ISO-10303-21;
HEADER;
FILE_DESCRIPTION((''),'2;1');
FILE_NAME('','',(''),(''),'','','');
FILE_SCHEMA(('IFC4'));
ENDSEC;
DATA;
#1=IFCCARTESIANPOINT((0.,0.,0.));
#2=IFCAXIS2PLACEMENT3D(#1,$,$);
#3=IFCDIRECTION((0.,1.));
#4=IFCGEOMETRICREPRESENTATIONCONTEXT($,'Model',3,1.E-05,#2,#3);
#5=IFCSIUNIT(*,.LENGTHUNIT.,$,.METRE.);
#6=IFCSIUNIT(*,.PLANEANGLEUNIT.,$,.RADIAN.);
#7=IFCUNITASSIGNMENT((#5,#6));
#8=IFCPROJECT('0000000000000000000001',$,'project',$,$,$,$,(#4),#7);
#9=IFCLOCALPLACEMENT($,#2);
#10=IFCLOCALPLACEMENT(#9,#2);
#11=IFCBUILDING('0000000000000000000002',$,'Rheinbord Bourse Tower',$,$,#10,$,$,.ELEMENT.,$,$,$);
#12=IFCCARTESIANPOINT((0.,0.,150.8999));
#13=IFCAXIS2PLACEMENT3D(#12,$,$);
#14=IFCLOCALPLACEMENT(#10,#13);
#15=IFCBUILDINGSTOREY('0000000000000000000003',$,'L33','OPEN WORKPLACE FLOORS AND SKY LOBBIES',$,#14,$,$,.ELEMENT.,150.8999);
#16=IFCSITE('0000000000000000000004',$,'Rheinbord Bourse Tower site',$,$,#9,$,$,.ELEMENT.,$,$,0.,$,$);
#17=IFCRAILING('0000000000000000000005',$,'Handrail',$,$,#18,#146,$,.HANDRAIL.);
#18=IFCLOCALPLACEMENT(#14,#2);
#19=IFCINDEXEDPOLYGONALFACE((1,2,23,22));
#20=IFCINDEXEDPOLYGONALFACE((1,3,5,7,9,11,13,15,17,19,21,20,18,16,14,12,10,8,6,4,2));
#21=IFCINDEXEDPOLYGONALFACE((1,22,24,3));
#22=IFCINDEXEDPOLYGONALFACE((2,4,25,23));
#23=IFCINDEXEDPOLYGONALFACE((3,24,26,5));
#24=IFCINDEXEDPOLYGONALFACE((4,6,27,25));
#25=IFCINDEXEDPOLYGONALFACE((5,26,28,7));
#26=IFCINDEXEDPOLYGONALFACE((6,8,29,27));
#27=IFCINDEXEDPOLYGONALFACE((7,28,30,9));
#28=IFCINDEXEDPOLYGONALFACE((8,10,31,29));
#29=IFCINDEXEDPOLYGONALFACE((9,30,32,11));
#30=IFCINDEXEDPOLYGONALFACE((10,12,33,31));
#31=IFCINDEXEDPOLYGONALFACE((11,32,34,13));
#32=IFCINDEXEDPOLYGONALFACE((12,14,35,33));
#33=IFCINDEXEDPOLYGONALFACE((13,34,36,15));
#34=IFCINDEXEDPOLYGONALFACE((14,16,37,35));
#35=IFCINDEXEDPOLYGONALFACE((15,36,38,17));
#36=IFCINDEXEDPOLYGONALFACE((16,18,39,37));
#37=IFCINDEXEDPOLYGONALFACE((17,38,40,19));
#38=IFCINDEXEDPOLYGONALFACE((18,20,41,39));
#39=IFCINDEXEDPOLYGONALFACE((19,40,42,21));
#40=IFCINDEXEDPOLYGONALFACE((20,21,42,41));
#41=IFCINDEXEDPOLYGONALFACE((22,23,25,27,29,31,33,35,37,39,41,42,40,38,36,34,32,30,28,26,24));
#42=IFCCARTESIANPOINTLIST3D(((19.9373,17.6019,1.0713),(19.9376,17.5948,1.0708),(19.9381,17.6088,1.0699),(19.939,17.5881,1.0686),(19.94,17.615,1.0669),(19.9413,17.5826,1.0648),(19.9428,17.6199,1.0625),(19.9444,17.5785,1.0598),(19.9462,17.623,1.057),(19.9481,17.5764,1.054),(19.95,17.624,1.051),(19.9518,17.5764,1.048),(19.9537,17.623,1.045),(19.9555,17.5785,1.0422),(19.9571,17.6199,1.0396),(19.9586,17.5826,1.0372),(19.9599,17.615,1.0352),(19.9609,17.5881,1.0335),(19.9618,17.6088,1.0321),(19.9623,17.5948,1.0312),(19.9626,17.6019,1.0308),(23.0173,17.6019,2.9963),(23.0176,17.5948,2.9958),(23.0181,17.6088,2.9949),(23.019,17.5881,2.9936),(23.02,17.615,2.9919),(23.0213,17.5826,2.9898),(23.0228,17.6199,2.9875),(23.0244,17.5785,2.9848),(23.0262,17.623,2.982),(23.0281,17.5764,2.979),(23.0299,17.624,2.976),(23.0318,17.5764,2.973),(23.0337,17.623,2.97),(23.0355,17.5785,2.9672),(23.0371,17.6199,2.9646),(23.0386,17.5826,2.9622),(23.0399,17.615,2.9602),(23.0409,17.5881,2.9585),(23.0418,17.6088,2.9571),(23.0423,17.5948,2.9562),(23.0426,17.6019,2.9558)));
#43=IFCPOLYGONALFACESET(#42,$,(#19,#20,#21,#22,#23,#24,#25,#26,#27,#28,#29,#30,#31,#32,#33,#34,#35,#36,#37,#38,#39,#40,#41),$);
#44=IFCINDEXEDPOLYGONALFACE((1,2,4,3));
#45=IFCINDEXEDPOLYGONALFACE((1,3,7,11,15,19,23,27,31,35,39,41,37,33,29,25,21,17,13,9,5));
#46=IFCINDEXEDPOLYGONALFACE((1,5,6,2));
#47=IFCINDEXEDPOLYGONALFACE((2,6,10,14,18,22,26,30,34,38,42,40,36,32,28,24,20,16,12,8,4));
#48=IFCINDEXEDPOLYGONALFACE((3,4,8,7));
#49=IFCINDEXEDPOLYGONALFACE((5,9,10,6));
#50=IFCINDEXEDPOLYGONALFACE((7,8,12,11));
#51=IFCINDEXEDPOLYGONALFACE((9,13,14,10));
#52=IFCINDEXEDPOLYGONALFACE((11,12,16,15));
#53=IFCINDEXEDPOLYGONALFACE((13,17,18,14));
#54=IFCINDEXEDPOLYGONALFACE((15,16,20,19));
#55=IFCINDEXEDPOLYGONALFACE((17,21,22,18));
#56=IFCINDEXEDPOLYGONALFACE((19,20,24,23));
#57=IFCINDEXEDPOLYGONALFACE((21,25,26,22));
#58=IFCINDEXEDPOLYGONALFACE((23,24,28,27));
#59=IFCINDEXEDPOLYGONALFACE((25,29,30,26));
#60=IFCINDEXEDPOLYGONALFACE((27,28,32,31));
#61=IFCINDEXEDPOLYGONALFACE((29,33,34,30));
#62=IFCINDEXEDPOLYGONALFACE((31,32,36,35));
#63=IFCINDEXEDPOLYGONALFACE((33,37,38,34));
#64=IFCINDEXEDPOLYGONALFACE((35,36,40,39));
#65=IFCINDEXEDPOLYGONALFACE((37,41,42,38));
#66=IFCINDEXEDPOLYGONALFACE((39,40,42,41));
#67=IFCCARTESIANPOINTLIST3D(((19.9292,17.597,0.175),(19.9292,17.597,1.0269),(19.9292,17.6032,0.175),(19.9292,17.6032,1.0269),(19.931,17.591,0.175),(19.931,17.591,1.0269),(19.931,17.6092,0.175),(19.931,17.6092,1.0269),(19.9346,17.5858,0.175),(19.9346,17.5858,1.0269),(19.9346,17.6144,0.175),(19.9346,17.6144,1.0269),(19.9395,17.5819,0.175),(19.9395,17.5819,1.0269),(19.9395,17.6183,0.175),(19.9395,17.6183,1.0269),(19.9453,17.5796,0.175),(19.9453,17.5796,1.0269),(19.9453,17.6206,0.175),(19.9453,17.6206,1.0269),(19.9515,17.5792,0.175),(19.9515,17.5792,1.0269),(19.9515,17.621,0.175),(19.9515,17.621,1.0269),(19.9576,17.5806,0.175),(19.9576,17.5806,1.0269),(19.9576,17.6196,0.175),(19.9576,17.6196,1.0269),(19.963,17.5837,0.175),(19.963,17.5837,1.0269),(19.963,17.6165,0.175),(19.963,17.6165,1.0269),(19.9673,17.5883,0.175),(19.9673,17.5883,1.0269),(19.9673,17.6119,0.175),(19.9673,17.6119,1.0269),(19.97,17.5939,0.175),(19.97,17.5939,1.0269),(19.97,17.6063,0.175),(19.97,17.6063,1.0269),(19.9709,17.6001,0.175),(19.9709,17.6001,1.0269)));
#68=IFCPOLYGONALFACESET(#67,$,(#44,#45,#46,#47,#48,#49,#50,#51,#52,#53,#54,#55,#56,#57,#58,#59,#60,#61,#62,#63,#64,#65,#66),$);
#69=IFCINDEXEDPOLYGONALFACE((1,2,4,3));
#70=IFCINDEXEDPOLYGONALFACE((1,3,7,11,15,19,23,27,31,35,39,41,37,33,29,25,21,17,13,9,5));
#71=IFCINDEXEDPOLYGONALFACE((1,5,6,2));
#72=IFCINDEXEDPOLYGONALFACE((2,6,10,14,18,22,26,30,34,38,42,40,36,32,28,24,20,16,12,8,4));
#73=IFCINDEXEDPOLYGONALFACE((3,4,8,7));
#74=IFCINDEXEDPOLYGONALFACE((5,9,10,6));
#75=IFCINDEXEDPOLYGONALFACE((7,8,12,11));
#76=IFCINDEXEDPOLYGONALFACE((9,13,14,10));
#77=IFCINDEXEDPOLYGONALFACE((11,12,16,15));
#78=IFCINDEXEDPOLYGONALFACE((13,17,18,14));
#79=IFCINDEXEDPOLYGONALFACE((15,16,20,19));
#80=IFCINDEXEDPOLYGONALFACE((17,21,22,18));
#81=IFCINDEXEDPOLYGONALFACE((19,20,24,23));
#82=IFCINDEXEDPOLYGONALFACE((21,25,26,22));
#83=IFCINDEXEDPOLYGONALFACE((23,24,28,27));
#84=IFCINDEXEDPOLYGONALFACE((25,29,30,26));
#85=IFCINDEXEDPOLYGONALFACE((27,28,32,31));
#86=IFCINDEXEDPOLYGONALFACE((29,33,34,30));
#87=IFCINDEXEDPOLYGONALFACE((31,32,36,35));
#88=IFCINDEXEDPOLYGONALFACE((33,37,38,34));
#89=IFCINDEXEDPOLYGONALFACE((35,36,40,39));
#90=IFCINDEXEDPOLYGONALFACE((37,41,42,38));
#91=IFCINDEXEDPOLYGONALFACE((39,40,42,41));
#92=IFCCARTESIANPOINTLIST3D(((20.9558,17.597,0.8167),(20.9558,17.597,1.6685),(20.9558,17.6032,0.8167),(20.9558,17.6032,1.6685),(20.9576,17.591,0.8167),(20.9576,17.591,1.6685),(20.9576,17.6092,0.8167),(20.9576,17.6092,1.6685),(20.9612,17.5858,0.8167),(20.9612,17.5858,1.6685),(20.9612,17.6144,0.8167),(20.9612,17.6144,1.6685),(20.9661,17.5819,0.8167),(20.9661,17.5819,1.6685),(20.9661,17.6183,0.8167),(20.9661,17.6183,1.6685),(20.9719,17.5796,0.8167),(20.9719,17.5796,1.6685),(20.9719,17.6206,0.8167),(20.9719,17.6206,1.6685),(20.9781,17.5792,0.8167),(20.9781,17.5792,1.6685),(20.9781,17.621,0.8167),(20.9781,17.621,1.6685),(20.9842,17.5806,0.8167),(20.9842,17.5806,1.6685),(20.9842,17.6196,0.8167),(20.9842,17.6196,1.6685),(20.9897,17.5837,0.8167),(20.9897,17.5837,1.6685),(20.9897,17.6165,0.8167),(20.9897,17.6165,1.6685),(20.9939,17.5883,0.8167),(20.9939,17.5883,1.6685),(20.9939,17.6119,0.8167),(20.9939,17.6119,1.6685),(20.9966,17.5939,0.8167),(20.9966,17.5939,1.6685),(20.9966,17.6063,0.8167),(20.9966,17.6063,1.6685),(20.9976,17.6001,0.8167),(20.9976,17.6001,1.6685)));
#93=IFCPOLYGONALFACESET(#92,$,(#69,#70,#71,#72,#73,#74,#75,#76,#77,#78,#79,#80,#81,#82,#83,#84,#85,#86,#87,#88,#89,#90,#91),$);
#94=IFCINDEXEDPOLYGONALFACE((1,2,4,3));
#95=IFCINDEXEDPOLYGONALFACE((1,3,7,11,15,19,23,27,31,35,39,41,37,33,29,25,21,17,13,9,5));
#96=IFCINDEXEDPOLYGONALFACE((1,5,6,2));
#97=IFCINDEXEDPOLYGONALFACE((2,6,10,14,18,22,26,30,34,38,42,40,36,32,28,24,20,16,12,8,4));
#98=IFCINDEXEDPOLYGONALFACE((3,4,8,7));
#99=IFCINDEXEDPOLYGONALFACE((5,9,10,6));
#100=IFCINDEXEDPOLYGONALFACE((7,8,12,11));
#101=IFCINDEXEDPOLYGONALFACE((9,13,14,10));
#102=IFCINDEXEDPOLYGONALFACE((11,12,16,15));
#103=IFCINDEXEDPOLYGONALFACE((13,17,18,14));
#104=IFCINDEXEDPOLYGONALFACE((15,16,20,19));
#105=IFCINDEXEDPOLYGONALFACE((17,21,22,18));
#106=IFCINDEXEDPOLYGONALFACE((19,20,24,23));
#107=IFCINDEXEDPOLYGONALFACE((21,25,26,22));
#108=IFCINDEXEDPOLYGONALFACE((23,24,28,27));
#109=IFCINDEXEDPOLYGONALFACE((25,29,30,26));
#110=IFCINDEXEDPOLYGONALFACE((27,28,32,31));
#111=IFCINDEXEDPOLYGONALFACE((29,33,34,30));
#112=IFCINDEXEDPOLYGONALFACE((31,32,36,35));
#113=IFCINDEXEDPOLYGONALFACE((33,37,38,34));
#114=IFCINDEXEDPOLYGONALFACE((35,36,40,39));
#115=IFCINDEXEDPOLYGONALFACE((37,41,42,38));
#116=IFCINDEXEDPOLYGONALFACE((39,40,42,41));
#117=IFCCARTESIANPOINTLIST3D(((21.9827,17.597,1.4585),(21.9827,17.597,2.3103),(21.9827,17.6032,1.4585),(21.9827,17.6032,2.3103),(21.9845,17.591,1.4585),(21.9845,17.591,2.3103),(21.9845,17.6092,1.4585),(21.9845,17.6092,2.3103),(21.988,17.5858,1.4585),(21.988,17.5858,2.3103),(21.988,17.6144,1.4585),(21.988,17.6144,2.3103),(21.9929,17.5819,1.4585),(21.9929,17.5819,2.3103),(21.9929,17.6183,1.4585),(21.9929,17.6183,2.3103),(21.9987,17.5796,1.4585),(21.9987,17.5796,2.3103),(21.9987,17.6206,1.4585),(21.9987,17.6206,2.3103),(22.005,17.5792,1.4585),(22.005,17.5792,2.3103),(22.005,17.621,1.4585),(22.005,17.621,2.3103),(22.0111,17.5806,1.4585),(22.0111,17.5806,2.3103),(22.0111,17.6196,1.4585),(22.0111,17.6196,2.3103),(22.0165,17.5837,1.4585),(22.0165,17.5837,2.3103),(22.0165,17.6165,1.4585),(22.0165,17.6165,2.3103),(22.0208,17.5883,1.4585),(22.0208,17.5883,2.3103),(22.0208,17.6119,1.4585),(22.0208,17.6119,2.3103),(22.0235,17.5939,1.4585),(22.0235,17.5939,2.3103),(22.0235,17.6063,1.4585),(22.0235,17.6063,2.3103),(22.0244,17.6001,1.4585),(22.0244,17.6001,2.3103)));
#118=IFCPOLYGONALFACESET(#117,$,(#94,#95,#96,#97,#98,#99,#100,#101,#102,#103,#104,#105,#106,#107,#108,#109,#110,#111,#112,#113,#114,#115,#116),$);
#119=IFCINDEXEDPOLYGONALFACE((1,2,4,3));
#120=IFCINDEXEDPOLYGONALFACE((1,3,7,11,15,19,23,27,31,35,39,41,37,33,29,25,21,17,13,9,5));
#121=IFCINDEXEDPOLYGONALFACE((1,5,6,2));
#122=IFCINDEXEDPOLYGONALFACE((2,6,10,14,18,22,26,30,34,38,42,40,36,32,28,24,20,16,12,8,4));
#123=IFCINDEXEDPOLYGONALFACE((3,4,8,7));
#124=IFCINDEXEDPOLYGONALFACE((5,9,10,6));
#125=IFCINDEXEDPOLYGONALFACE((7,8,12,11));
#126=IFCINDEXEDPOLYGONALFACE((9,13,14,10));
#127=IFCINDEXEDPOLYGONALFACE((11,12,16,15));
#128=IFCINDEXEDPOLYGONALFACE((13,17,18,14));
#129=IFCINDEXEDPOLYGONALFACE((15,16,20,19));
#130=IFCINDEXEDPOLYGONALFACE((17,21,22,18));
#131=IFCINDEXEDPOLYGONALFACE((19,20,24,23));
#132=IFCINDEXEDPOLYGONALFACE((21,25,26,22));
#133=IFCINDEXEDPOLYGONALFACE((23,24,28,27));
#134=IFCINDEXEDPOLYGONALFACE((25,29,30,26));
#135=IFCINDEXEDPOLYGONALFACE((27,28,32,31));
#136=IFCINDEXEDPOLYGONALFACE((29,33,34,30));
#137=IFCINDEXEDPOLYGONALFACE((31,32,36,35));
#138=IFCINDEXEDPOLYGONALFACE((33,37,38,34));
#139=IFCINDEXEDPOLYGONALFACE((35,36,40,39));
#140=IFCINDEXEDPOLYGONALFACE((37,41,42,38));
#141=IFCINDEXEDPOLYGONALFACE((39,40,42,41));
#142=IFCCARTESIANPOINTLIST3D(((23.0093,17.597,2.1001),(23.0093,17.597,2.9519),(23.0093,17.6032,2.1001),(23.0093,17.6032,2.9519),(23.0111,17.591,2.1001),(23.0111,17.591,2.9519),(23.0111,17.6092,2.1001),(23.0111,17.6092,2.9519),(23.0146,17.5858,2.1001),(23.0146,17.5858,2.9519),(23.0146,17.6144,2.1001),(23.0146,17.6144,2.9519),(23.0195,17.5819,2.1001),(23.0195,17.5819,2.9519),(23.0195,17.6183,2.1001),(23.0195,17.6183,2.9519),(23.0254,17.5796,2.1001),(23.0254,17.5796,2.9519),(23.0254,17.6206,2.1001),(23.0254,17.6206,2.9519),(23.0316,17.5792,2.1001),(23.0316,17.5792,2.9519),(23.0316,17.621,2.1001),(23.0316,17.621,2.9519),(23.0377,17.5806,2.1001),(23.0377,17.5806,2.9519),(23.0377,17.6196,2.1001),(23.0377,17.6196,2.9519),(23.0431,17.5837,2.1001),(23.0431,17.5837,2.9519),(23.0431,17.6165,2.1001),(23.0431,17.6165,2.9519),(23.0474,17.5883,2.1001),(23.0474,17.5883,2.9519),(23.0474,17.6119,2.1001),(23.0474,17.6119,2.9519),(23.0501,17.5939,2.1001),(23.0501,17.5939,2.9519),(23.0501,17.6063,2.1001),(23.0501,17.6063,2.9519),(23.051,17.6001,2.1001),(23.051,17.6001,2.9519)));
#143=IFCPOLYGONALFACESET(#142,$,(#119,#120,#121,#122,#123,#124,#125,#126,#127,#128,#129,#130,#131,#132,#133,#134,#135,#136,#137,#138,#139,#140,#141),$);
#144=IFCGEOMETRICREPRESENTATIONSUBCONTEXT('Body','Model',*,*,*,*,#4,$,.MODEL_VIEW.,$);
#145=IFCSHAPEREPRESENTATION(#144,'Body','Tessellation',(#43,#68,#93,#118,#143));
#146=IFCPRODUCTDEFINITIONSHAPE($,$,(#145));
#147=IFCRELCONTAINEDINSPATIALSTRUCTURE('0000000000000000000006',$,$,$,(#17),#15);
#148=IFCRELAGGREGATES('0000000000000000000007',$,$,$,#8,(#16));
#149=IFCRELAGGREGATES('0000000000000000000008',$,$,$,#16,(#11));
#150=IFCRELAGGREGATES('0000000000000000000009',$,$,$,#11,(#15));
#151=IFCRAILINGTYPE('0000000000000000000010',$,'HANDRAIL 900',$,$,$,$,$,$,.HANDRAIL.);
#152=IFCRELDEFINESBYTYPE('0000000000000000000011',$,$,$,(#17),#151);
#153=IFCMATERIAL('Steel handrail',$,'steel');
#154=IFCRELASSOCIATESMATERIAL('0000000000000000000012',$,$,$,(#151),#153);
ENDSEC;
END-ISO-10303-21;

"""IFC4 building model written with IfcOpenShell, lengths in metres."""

from ifc_helpers import new_model, si_unit, direction, frame, origin, origin_2d, place, context, subcontext, project, spatial, circle, extrude, material, type_object, element, save


model = new_model("IFC4")

# Units and contexts
model_context = context("Model", 3, precision=1e-05, world=origin(), true_north=direction((0.0, 1.0)))
body_context = subcontext(model_context, "Body", "Model", "MODEL_VIEW")
ifc_project = project(units=[si_unit("LENGTHUNIT", "METRE"), si_unit("PLANEANGLEUNIT", "RADIAN")], contexts=[model_context])

# Site, building, storey
site_placement = place(None, origin())
site = spatial("IfcSite", under=ifc_project, at=site_placement, Name="Rheinbord Bourse Tower site", CompositionType="ELEMENT", RefElevation=0.0)
building_placement = place(site_placement, origin())
building = spatial("IfcBuilding", under=site, at=building_placement, Name="Rheinbord Bourse Tower", CompositionType="ELEMENT")
storey_placement = place(building_placement, frame((0.0, 0.0, 150.8999)))
storey = spatial("IfcBuildingStorey", under=building, at=storey_placement, Name="L33", Description="OPEN WORKPLACE FLOORS AND SKY LOBBIES", CompositionType="ELEMENT", Elevation=150.8999)

# Railing
ifc_material_1 = material(Name="Steel handrail", Category="steel")
railing_type = type_object("IfcRailingType", Name="HANDRAIL 900", PredefinedType="HANDRAIL", material=ifc_material_1)
railing_1_placement = place(storey_placement, frame((19.95, 17.6001, 0.175)))
element("IfcRailing", 1, at=railing_1_placement, inside=storey, type_object=railing_type, Name="Handrail", PredefinedType="HANDRAIL", context=body_context, shape_type="SweptSolid", body=[
    extrude(circle(Radius=0.0239, at=origin_2d()), frame((0.0, 0.0, 0.876), z_axis=(0.847998, 0.0, 0.529999), x_axis=(0.0, 1.0, 0.0)), (0.0, 0.0, 1.0), 3.6321),
    extrude(circle(Radius=0.021, at=origin_2d()), origin(), (0.0, 0.0, 1.0), 0.8518),
    extrude(circle(Radius=0.021, at=origin_2d()), frame((1.0266, 0.0, 0.6416)), (0.0, 0.0, 1.0), 0.8518),
    extrude(circle(Radius=0.021, at=origin_2d()), frame((2.0535, 0.0, 1.2834)), (0.0, 0.0, 1.0), 0.8518),
    extrude(circle(Radius=0.021, at=origin_2d()), frame((3.0801, 0.0, 1.925)), (0.0, 0.0, 1.0), 0.8518),
])

save(model, "model.ifc")
